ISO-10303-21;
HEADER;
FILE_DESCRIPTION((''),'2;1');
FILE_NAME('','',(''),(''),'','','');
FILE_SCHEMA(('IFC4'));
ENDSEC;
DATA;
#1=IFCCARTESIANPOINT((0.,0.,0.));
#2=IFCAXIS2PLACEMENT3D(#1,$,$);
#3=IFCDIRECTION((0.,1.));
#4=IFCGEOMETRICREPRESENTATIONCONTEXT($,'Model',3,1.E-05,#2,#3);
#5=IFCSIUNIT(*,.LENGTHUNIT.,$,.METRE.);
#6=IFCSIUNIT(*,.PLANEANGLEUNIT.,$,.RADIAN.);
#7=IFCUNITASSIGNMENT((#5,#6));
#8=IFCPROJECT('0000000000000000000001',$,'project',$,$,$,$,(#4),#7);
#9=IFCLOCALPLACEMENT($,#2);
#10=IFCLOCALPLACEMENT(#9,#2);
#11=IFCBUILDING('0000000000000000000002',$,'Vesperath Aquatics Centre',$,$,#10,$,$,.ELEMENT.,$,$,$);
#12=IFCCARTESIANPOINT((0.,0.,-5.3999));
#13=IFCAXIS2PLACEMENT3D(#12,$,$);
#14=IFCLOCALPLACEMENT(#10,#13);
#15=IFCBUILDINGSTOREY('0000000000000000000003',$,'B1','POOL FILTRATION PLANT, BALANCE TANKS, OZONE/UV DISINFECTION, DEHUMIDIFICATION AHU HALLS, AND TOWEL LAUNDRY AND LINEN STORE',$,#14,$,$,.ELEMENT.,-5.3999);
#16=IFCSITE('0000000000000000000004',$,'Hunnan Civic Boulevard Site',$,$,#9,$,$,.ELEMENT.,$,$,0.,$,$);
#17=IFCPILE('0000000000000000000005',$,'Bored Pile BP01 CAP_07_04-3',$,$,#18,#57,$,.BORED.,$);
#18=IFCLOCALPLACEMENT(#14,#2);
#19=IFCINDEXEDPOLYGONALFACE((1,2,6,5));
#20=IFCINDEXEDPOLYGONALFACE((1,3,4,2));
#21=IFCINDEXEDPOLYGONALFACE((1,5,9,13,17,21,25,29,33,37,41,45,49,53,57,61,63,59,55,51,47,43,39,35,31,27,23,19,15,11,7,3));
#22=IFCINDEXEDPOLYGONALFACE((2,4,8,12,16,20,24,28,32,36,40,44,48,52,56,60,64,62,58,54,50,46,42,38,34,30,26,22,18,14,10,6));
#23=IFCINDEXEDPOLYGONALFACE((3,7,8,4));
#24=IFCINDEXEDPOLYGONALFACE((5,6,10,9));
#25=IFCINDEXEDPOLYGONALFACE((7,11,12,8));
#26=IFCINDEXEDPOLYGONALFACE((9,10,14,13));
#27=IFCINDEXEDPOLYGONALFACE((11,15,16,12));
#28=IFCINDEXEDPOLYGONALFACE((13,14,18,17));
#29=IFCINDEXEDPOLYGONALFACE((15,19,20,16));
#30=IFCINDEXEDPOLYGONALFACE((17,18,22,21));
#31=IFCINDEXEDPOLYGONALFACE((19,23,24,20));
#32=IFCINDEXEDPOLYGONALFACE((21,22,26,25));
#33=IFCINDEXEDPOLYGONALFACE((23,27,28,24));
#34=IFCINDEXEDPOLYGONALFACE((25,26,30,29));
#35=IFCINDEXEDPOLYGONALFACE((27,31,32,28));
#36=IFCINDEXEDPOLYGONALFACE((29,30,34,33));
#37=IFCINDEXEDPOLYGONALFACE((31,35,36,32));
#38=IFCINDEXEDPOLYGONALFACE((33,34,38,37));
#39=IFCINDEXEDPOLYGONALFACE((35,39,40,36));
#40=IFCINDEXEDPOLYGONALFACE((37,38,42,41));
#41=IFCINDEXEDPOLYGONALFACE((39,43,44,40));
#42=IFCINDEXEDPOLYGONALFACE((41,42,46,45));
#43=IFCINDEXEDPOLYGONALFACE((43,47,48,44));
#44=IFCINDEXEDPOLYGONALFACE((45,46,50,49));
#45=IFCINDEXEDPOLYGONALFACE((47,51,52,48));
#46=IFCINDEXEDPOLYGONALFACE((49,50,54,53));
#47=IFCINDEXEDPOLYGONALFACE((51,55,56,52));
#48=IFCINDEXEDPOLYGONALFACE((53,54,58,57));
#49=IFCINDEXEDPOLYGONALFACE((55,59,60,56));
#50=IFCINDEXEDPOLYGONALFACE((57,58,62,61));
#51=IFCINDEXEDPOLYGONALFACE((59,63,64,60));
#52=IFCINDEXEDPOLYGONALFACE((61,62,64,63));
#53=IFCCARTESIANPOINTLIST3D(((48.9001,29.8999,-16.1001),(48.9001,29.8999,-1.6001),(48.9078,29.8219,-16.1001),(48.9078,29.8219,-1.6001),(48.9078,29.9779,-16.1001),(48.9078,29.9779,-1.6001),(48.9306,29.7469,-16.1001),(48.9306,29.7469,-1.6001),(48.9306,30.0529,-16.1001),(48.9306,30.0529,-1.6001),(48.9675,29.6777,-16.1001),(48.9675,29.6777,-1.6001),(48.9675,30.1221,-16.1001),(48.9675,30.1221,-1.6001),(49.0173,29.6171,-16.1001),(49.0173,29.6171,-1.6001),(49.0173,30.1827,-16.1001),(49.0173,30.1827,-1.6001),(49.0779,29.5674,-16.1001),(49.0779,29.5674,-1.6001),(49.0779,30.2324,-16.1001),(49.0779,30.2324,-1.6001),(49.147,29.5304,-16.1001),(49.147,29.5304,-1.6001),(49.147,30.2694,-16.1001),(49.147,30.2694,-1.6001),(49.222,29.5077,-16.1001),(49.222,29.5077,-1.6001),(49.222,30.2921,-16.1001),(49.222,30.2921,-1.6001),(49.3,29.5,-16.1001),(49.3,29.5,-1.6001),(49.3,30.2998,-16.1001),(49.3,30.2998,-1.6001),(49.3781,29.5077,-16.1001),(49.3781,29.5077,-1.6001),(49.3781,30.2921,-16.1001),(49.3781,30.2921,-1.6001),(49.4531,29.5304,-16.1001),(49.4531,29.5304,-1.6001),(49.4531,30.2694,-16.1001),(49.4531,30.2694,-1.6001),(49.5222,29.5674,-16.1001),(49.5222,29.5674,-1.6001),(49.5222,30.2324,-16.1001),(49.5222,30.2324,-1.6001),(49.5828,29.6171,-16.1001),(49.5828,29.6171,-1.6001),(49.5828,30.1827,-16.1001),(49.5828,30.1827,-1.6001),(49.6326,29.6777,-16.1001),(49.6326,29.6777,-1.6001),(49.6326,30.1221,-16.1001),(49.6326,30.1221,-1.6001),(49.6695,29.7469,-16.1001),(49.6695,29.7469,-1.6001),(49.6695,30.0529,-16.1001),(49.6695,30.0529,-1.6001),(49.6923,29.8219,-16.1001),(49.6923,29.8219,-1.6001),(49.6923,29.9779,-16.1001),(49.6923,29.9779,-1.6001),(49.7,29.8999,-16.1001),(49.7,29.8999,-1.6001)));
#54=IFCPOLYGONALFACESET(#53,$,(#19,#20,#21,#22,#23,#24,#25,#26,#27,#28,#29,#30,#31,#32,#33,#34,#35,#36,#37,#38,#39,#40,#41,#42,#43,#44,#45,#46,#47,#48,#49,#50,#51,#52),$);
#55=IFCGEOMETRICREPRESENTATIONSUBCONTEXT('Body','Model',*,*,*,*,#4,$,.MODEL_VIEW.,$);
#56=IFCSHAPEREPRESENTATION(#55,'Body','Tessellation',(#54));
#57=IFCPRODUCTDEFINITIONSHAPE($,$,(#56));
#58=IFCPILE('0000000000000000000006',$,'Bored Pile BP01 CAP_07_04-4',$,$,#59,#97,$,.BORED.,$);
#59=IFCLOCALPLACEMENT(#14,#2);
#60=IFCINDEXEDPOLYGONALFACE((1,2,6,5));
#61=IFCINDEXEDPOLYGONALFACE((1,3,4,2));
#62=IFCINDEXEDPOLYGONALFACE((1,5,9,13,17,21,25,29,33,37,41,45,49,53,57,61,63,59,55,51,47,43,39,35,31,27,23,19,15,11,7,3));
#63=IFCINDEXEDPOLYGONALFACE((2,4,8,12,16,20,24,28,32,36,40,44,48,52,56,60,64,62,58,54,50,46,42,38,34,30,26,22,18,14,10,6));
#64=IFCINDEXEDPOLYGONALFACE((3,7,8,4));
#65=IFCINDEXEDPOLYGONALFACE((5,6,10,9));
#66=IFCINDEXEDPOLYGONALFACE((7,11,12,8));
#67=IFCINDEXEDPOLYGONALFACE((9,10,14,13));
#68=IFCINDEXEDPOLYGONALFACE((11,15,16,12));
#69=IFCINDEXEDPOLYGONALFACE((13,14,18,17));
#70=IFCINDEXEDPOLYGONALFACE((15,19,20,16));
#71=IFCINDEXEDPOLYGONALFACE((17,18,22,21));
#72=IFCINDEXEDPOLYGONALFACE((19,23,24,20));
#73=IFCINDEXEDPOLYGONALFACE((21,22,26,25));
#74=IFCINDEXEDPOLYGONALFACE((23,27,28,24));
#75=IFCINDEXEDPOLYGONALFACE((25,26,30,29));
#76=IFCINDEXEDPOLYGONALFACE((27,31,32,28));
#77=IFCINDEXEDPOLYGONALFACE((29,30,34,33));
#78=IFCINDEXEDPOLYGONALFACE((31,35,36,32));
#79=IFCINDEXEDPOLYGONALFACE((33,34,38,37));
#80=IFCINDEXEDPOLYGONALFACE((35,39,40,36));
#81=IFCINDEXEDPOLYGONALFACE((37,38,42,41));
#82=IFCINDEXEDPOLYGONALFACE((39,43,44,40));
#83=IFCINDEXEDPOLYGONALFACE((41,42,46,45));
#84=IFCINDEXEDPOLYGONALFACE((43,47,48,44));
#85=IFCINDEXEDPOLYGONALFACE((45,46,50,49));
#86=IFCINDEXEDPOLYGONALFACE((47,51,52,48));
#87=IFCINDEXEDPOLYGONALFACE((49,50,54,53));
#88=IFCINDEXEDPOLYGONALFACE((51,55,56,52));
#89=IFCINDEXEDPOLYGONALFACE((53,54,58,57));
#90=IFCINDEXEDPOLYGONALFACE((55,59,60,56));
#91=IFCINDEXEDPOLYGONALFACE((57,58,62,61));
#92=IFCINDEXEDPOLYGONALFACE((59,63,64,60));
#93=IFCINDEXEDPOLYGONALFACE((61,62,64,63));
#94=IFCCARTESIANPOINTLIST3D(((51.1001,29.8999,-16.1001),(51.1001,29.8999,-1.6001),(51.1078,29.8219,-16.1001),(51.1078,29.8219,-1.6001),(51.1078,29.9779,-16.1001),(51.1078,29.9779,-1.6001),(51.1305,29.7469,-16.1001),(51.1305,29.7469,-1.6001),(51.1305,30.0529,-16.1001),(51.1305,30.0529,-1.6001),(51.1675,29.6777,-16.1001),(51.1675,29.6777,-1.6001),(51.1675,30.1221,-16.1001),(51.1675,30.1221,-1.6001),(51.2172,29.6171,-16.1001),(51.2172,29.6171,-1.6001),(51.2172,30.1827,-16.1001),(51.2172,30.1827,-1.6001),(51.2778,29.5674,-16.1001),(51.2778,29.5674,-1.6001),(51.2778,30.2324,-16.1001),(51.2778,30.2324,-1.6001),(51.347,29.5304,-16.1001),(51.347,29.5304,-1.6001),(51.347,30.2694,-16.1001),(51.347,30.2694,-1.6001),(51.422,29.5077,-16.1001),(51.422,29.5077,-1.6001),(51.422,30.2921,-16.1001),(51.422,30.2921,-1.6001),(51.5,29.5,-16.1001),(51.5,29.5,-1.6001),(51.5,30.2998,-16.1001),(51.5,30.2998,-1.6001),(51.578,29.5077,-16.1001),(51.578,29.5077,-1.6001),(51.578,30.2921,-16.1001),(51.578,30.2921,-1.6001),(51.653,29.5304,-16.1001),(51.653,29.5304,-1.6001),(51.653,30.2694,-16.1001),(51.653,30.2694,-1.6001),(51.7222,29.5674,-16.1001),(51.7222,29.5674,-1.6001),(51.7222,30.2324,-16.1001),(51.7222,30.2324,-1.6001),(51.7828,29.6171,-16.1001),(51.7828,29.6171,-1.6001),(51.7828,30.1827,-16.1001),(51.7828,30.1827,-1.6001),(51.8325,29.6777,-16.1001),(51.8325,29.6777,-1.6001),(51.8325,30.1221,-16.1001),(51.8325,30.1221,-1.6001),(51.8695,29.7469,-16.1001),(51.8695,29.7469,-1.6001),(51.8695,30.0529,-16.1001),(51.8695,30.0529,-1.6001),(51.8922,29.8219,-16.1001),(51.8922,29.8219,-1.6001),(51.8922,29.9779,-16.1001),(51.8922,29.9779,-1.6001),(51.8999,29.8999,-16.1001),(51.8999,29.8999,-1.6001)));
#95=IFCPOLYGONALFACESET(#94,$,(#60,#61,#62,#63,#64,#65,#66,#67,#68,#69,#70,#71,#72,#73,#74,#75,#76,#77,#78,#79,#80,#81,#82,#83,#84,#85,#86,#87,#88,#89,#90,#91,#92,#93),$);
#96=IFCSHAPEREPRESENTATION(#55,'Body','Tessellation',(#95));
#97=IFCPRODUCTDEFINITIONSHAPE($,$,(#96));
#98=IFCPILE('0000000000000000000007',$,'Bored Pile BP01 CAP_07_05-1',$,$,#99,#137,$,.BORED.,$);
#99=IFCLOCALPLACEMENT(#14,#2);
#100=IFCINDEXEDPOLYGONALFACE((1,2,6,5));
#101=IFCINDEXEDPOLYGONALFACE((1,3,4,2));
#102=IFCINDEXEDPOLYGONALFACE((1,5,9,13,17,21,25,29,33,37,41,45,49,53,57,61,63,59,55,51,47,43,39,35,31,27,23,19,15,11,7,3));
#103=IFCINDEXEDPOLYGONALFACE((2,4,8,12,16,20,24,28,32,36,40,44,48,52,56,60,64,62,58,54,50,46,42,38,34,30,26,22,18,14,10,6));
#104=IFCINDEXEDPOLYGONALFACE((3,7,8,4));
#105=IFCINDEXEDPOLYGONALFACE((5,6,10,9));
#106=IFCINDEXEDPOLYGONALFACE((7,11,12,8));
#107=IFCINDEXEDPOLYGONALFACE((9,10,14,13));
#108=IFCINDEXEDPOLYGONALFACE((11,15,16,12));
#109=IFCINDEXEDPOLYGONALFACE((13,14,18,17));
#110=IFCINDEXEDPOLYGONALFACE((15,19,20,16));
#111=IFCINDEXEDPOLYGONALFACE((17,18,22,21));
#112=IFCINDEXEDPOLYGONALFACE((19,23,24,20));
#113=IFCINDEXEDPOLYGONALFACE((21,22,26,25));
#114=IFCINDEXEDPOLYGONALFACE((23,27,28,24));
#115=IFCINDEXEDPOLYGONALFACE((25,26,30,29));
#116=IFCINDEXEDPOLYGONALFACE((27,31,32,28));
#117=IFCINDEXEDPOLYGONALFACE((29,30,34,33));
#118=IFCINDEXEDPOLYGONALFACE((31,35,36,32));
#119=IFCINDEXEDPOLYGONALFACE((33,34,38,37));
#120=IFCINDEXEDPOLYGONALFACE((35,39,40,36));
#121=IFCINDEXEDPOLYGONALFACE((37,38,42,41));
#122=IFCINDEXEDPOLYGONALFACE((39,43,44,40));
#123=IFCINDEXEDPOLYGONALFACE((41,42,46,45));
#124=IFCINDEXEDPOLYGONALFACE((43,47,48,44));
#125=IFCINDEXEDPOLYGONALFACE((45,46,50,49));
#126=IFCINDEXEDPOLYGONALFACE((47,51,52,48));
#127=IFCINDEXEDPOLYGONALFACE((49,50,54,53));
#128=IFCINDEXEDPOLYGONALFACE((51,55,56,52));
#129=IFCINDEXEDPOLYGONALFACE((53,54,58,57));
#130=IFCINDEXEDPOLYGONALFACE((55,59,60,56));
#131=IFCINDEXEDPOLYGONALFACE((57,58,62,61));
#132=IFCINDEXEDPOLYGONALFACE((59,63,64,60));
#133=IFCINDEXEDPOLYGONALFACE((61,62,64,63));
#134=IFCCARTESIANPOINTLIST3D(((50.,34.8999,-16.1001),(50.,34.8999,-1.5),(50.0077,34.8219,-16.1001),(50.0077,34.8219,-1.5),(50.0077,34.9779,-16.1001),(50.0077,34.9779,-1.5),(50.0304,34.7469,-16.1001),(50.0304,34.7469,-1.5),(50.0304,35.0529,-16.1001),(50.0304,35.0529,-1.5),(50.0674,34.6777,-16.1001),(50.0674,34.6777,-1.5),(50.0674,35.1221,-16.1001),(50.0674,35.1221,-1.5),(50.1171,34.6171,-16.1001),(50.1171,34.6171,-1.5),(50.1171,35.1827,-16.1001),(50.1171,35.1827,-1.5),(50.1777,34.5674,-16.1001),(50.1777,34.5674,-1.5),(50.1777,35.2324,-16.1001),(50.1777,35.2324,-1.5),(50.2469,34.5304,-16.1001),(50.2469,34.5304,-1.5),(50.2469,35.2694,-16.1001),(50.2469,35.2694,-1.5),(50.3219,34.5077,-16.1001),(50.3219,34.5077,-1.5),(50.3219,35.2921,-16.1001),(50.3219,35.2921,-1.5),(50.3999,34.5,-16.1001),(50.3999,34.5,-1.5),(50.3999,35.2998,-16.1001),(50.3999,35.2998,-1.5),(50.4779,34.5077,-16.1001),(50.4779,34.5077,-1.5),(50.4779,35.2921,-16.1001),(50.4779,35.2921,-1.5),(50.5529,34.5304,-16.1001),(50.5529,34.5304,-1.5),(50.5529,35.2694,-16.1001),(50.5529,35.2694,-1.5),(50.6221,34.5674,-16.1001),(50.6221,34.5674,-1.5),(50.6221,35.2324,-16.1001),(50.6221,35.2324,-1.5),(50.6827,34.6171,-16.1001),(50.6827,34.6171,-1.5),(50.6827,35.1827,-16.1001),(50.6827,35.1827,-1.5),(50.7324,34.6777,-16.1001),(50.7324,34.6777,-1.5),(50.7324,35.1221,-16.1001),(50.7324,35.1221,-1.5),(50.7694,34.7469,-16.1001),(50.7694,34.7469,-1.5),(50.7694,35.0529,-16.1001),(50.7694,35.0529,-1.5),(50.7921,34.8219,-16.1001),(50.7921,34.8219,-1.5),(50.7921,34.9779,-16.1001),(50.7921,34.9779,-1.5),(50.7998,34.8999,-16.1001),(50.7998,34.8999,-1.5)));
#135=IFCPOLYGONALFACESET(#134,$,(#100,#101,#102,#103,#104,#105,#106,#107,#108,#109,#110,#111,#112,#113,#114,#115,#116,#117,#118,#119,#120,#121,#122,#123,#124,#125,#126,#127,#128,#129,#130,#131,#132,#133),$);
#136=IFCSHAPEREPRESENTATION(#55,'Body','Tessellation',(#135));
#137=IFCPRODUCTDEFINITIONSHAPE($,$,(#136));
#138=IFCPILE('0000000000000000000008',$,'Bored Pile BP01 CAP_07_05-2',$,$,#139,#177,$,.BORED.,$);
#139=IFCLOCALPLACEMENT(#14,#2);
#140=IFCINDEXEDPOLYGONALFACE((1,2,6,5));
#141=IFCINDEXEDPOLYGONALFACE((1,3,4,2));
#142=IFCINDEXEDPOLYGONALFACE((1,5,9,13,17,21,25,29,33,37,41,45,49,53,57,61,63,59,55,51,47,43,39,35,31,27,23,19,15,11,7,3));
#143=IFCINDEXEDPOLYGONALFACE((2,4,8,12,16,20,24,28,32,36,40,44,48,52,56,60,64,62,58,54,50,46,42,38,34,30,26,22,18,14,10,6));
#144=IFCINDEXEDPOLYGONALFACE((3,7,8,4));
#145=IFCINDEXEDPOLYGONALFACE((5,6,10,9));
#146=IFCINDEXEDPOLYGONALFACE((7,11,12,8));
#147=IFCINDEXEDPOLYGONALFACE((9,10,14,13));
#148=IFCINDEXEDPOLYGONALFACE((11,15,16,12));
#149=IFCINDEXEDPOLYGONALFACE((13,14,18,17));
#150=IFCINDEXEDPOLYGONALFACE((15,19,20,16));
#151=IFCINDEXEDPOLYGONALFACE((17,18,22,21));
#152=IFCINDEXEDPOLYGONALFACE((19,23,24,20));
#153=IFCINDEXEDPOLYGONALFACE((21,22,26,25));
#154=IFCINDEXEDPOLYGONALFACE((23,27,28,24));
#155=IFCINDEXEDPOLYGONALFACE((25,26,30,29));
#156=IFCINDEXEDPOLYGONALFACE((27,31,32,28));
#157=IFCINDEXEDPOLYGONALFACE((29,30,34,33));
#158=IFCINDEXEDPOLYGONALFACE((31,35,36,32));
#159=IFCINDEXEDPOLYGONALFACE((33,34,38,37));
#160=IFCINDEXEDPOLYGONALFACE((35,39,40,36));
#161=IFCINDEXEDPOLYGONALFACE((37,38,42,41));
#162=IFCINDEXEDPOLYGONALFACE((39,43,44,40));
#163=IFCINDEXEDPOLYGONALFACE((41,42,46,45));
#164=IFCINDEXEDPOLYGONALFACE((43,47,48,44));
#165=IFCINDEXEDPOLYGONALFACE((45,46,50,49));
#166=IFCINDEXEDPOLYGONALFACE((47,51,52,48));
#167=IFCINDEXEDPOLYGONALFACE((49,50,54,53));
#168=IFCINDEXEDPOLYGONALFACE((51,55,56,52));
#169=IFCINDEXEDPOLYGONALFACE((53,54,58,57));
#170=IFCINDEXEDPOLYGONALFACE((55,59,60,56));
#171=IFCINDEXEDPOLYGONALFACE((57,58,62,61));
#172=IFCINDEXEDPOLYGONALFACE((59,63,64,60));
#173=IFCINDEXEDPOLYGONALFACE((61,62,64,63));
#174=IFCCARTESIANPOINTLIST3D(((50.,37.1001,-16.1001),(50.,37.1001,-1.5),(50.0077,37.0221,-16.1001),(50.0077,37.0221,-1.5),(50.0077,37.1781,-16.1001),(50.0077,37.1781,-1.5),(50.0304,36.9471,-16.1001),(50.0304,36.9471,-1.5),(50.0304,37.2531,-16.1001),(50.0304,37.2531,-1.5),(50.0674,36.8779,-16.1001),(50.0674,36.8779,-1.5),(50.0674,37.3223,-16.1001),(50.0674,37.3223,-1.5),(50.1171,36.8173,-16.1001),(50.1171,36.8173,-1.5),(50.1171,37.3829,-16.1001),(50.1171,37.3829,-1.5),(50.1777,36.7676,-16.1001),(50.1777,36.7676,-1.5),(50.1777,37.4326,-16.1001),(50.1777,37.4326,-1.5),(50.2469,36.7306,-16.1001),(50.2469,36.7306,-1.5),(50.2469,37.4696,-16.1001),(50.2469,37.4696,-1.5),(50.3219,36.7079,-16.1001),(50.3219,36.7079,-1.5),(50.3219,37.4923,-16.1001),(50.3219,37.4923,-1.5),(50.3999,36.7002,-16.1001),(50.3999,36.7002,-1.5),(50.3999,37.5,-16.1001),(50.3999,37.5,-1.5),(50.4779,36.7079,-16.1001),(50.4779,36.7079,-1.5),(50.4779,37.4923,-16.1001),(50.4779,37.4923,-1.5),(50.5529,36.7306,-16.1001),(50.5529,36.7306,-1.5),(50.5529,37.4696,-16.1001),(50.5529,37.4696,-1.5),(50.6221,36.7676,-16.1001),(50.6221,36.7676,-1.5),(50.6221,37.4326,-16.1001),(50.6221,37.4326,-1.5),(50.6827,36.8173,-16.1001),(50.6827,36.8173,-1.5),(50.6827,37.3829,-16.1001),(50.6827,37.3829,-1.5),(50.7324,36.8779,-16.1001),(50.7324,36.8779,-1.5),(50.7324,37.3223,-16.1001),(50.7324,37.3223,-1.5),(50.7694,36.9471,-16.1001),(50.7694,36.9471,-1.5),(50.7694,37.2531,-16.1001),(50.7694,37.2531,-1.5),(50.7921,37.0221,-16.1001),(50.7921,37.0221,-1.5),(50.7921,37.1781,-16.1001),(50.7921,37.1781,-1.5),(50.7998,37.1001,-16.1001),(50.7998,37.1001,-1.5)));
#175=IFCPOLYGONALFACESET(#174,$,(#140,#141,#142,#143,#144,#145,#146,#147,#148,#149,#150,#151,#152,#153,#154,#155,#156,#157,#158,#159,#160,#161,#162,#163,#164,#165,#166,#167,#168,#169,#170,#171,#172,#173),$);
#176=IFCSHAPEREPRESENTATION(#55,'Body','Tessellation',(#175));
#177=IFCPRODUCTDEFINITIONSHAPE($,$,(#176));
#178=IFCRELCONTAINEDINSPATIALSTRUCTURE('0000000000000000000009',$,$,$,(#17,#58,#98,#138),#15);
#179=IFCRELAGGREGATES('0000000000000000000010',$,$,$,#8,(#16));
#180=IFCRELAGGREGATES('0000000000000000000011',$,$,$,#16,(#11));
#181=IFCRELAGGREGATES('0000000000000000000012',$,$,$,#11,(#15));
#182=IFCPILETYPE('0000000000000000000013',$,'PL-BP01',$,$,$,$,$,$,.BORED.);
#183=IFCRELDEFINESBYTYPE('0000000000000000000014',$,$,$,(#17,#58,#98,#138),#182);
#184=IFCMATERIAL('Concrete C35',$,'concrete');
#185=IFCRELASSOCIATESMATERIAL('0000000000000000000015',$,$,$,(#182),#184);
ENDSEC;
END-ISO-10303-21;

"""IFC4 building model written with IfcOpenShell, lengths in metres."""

from ifc_helpers import new_model, si_unit, direction, frame, origin, origin_2d, place, context, subcontext, project, spatial, circle, extrude, material, material_profile, profile_set, type_object, element, save


model = new_model("IFC4")

# Units and contexts
model_context = context("Model", 3, precision=1e-05, world=origin(), true_north=direction((0.0, 1.0)))
body_context = subcontext(model_context, "Body", "Model", "MODEL_VIEW")
ifc_project = project(units=[si_unit("LENGTHUNIT", "METRE"), si_unit("PLANEANGLEUNIT", "RADIAN")], contexts=[model_context])

# Site, building, storey
site_placement = place(None, origin())
site = spatial("IfcSite", under=ifc_project, at=site_placement, Name="Hunnan Civic Boulevard Site", CompositionType="ELEMENT", RefElevation=0.0)
building_placement = place(site_placement, origin())
building = spatial("IfcBuilding", under=site, at=building_placement, Name="Vesperath Aquatics Centre", CompositionType="ELEMENT")
storey_placement = place(building_placement, frame((0.0, 0.0, -5.3999)))
storey = spatial("IfcBuildingStorey", under=building, at=storey_placement, Name="B1", Description="POOL FILTRATION PLANT, BALANCE TANKS, OZONE/UV DISINFECTION, DEHUMIDIFICATION AHU HALLS, AND TOWEL LAUNDRY AND LINEN STORE", CompositionType="ELEMENT", Elevation=-5.3999)

# Piles
ifc_material_1 = material(Name="Concrete C35", Category="concrete")
ifc_material_profile_1 = material_profile(ifc_material_1, circle(Radius=0.3999, at=origin_2d()), Name="PILE D800")
ifc_profile_set_1 = profile_set([ifc_material_profile_1], Name="Concrete C35")
pile_type = type_object("IfcPileType", Name="PL-BP01", PredefinedType="BORED", material=ifc_profile_set_1)
for number, where, z_axis, x_axis, name in (
    (1, (49.3, 29.8999, -1.6001), (0.0, 0.0, -1.0), (1.0, 0.0, 0.0), "Bored Pile BP01 CAP_07_04-3"),
    (2, (51.5, 29.8999, -1.6001), (0.0, 0.0, -1.0), (1.0, 0.0, 0.0), "Bored Pile BP01 CAP_07_04-4"),
):
    element("IfcPile", number, at=place(storey_placement, frame(where, z_axis=z_axis, x_axis=x_axis)), inside=storey, type_object=pile_type, Name=name, PredefinedType="BORED", context=body_context, shape_type="SweptSolid", body=[
        extrude(circle(Radius=0.3999, at=origin_2d()), origin(), (0.0, 0.0, 1.0), 14.5),
    ])
for number, where, z_axis, x_axis, name in (
    (3, (50.3999, 34.8999, -1.5), (0.0, 0.0, -1.0), (1.0, 0.0, 0.0), "Bored Pile BP01 CAP_07_05-1"),
    (4, (50.3999, 37.1001, -1.5), (0.0, 0.0, -1.0), (1.0, 0.0, 0.0), "Bored Pile BP01 CAP_07_05-2"),
):
    element("IfcPile", number, at=place(storey_placement, frame(where, z_axis=z_axis, x_axis=x_axis)), inside=storey, type_object=pile_type, Name=name, PredefinedType="BORED", context=body_context, shape_type="SweptSolid", body=[
        extrude(circle(Radius=0.3999, at=origin_2d()), origin(), (0.0, 0.0, 1.0), 14.6001),
    ])

save(model, "model.ifc")
